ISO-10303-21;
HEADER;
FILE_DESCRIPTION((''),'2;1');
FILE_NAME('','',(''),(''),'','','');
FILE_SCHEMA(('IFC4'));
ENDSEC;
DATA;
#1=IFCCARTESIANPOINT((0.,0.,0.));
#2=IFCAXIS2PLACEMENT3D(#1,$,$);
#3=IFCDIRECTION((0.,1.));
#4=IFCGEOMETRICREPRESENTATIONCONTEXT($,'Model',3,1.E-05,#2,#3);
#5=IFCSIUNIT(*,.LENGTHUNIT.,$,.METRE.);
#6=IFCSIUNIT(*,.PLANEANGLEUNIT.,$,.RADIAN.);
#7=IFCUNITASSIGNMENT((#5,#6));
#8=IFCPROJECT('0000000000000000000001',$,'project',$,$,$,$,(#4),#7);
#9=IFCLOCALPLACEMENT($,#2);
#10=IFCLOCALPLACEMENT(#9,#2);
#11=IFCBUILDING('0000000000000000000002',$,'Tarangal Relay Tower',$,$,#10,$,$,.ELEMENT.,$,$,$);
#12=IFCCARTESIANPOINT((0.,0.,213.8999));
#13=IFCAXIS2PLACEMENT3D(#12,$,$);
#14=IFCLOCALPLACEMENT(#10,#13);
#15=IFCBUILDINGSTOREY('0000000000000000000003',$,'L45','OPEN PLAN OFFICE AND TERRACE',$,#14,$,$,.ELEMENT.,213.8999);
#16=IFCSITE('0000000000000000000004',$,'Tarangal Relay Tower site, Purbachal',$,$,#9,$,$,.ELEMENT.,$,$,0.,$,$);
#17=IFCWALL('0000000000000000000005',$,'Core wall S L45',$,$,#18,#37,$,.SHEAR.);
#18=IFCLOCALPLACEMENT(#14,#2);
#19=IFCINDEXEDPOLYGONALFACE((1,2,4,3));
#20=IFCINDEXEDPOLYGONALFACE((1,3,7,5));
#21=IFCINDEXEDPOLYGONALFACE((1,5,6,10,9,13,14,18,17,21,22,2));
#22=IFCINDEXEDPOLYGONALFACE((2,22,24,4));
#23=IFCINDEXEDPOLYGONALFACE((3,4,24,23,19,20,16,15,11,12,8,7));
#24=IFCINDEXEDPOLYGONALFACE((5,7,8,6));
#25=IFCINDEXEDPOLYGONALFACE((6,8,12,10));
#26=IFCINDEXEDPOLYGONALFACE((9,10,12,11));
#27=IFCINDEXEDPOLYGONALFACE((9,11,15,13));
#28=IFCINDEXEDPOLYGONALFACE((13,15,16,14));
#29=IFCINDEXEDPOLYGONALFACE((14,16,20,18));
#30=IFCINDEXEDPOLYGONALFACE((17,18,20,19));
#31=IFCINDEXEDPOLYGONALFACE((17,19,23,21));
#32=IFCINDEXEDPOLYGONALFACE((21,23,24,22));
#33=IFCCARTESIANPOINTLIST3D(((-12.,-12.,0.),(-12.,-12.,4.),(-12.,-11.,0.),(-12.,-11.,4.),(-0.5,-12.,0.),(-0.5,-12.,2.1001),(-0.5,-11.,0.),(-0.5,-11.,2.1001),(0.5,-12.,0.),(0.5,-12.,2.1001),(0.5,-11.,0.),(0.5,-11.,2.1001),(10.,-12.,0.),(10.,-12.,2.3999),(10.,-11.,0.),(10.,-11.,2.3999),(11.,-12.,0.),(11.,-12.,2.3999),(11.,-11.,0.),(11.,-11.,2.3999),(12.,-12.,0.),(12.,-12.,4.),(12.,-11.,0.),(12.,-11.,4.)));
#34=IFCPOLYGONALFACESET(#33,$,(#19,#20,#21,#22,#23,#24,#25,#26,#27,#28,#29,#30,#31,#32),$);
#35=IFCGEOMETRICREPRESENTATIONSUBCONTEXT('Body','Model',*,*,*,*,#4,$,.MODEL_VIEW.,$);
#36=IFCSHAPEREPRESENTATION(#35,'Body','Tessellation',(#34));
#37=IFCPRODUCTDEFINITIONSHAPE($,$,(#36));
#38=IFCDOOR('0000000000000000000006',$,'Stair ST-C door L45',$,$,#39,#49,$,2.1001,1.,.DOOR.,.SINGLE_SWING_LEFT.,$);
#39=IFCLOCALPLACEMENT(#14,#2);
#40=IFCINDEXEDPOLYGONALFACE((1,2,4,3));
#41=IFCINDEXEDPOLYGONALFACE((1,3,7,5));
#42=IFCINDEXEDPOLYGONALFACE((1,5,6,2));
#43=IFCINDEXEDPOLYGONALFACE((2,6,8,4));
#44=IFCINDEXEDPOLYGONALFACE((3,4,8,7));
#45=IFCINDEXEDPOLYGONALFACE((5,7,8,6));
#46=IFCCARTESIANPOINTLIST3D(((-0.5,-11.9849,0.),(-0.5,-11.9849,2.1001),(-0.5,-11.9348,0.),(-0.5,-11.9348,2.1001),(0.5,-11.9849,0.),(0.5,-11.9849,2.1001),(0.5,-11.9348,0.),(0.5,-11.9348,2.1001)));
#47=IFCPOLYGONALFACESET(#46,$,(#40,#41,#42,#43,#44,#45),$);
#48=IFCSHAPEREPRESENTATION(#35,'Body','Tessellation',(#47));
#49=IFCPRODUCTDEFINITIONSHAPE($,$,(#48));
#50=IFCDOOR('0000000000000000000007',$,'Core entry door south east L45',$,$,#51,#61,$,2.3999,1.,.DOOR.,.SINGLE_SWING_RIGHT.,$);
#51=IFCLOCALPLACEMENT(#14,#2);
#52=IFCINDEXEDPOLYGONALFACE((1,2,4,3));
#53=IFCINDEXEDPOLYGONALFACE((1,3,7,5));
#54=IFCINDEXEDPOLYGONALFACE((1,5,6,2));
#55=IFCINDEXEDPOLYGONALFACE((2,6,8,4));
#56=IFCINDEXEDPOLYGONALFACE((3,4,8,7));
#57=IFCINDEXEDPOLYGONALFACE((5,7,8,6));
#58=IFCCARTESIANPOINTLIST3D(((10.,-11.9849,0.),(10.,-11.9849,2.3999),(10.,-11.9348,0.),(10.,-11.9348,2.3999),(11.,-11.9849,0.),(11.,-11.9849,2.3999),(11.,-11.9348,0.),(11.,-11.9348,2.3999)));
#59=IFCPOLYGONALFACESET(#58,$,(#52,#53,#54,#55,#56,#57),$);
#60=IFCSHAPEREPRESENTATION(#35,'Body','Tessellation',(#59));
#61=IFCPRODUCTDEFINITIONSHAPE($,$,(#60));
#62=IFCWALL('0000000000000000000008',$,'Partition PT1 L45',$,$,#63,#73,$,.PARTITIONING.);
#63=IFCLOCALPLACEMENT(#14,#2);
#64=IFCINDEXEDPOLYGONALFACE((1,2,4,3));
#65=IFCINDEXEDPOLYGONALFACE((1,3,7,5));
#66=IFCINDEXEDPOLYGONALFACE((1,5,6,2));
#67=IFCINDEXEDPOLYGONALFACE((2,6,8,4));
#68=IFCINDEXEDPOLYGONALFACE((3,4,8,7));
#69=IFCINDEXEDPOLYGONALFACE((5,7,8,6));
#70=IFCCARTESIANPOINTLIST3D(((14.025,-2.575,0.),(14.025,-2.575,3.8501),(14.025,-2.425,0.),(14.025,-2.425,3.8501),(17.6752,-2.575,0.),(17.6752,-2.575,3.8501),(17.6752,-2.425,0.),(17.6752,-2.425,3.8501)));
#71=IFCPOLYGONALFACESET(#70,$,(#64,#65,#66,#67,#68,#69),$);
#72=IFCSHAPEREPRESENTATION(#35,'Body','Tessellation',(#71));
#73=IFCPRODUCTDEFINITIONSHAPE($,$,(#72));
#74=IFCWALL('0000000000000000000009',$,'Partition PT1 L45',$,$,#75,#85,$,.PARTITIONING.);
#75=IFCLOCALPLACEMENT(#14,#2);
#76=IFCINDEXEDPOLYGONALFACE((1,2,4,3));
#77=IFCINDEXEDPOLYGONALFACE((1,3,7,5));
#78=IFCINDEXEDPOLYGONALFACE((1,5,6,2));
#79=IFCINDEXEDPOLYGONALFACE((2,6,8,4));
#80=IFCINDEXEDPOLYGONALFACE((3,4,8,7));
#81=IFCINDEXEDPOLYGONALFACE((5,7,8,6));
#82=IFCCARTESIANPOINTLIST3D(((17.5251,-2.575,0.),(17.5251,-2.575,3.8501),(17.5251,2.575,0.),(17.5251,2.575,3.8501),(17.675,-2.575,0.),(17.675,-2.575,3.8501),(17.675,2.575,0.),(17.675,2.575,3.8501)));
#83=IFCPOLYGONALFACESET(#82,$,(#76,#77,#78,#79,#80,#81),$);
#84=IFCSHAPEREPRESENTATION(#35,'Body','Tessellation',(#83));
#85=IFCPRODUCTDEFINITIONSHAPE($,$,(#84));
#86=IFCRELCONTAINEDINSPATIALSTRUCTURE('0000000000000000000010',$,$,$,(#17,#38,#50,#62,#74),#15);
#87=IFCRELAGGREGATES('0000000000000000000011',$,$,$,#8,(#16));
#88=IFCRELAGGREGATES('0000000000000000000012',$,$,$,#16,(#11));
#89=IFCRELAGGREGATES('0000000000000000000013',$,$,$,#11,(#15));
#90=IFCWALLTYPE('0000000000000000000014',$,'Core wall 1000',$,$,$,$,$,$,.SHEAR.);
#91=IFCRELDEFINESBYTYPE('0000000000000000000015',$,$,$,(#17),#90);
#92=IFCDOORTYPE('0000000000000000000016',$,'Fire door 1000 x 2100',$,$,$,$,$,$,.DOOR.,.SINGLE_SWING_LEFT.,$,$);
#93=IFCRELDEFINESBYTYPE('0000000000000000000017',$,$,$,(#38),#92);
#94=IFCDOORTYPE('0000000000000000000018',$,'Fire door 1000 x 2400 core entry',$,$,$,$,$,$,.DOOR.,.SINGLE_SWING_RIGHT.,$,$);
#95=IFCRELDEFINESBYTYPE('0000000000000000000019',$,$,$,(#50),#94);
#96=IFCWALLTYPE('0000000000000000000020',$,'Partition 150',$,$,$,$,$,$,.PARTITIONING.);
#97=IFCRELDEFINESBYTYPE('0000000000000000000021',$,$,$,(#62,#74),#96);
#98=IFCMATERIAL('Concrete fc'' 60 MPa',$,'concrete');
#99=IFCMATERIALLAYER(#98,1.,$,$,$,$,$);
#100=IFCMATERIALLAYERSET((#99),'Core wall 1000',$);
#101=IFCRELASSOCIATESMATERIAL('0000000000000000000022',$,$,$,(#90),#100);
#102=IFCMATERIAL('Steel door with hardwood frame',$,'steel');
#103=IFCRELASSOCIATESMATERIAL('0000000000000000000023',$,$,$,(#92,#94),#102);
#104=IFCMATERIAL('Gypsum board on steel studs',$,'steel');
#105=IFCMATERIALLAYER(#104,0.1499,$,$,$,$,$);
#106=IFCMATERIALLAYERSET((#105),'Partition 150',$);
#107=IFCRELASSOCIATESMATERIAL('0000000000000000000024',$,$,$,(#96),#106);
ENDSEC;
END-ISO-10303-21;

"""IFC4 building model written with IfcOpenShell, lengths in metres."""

from ifc_helpers import new_model, si_unit, direction, frame, frame_2d, origin, place, context, subcontext, project, spatial, rectangle, extrude, material, layer, layer_set, type_object, element, fill, save


model = new_model("IFC4")

# Units and contexts
model_context = context("Model", 3, precision=1e-05, world=origin(), true_north=direction((0.0, 1.0)))
body_context = subcontext(model_context, "Body", "Model", "MODEL_VIEW")
ifc_project = project(units=[si_unit("LENGTHUNIT", "METRE"), si_unit("PLANEANGLEUNIT", "RADIAN")], contexts=[model_context])

# Site, building, storey
site_placement = place(None, origin())
site = spatial("IfcSite", under=ifc_project, at=site_placement, Name="Tarangal Relay Tower site, Purbachal", CompositionType="ELEMENT", RefElevation=0.0)
building_placement = place(site_placement, origin())
building = spatial("IfcBuilding", under=site, at=building_placement, Name="Tarangal Relay Tower", CompositionType="ELEMENT")
storey_placement = place(building_placement, frame((0.0, 0.0, 213.8999)))
storey = spatial("IfcBuildingStorey", under=building, at=storey_placement, Name="L45", Description="OPEN PLAN OFFICE AND TERRACE", CompositionType="ELEMENT", Elevation=213.8999)

# Wall, openings, doors
ifc_material_1 = material(Name="Concrete fc' 60 MPa", Category="concrete")
ifc_layer_1 = layer(ifc_material_1, 1.0)
ifc_layer_set_1 = layer_set([ifc_layer_1], Name="Core wall 1000")
wall_type_1 = type_object("IfcWallType", Name="Core wall 1000", PredefinedType="SHEAR", material=ifc_layer_set_1)
wall_1_placement = place(storey_placement, frame((12.0, -11.5, 0.0), z_axis=(0.0, 0.0, 1.0), x_axis=(-1.0, 0.0, 0.0)))
wall_1 = element("IfcWall", 1, at=wall_1_placement, inside=storey, type_object=wall_type_1, Name="Core wall S L45", PredefinedType="SHEAR", context=body_context, shape_type="SweptSolid", body=[
    extrude(rectangle(XDim=24.0, YDim=1.0, at=frame_2d((12.0, 0.0))), origin(), (0.0, 0.0, 1.0), 4.0),
])
opening_1_placement = place(wall_1_placement, frame((11.5, 0.0, 0.0)))
opening_1 = element("IfcOpeningElement", 2, at=opening_1_placement, cuts=wall_1, PredefinedType="OPENING", context=body_context, shape_type="SweptSolid", body=[
    extrude(rectangle(XDim=1.0, YDim=2.1001, at=frame_2d((0.5, 1.05))), frame((0.0, 0.51, 0.0), z_axis=(0.0, -1.0, 0.0), x_axis=(1.0, 0.0, 0.0)), (0.0, 0.0, 1.0), 1.02),
])
opening_2_placement = place(wall_1_placement, frame((1.0, 0.0, 0.0)))
opening_2 = element("IfcOpeningElement", 3, at=opening_2_placement, cuts=wall_1, PredefinedType="OPENING", context=body_context, shape_type="SweptSolid", body=[
    extrude(rectangle(XDim=1.0, YDim=2.3999, at=frame_2d((0.5, 1.2))), frame((0.0, 0.51, 0.0), z_axis=(0.0, -1.0, 0.0), x_axis=(1.0, 0.0, 0.0)), (0.0, 0.0, 1.0), 1.02),
])
ifc_material_2 = material(Name="Steel door with hardwood frame", Category="steel")
door_type_1 = type_object("IfcDoorType", Name="Fire door 1000 x 2100", OperationType="SINGLE_SWING_LEFT", PredefinedType="DOOR", material=ifc_material_2)
door_1_placement = place(opening_1_placement, origin())
door_1 = element("IfcDoor", 4, at=door_1_placement, inside=storey, type_object=door_type_1, Name="Stair ST-C door L45", OperationType="SINGLE_SWING_LEFT", OverallHeight=2.1001, OverallWidth=1.0, PredefinedType="DOOR", context=body_context, shape_type="SweptSolid", body=[
    extrude(rectangle(XDim=1.0, YDim=2.1001, at=frame_2d((0.5, 1.05))), frame((0.0, 0.4849, 0.0), z_axis=(0.0, -1.0, 0.0), x_axis=(1.0, 0.0, 0.0)), (0.0, 0.0, 1.0), 0.05),
])
fill(opening_1, door_1)
door_type_2 = type_object("IfcDoorType", Name="Fire door 1000 x 2400 core entry", OperationType="SINGLE_SWING_RIGHT", PredefinedType="DOOR", material=ifc_material_2)
door_2_placement = place(opening_2_placement, origin())
door_2 = element("IfcDoor", 5, at=door_2_placement, inside=storey, type_object=door_type_2, Name="Core entry door south east L45", OperationType="SINGLE_SWING_RIGHT", OverallHeight=2.3999, OverallWidth=1.0, PredefinedType="DOOR", context=body_context, shape_type="SweptSolid", body=[
    extrude(rectangle(XDim=1.0, YDim=2.3999, at=frame_2d((0.5, 1.2))), frame((0.0, 0.4849, 0.0), z_axis=(0.0, -1.0, 0.0), x_axis=(1.0, 0.0, 0.0)), (0.0, 0.0, 1.0), 0.05),
])
fill(opening_2, door_2)

# Walls
ifc_material_3 = material(Name="Gypsum board on steel studs", Category="steel")
ifc_layer_2 = layer(ifc_material_3, 0.1499)
ifc_layer_set_2 = layer_set([ifc_layer_2], Name="Partition 150")
wall_type_2 = type_object("IfcWallType", Name="Partition 150", PredefinedType="PARTITIONING", material=ifc_layer_set_2)
wall_2_placement = place(storey_placement, frame((14.0249, -2.5, 0.0), z_axis=(0.0, 0.0, 1.0), x_axis=(1.0, 0.0, 0.0)))
element("IfcWall", 6, at=wall_2_placement, inside=storey, type_object=wall_type_2, Name="Partition PT1 L45", PredefinedType="PARTITIONING", context=body_context, shape_type="SweptSolid", body=[
    extrude(rectangle(XDim=3.6501, YDim=0.1499, at=frame_2d((1.8252, 0.0))), origin(), (0.0, 0.0, 1.0), 3.8501),
])
wall_3_placement = place(storey_placement, frame((17.6001, -2.575, 0.0), z_axis=(0.0, 0.0, 1.0), x_axis=(0.0, 1.0, 0.0)))
element("IfcWall", 7, at=wall_3_placement, inside=storey, type_object=wall_type_2, Name="Partition PT1 L45", PredefinedType="PARTITIONING", context=body_context, shape_type="SweptSolid", body=[
    extrude(rectangle(XDim=5.1499, YDim=0.1499, at=frame_2d((2.575, 0.0))), origin(), (0.0, 0.0, 1.0), 3.8501),
])

save(model, "model.ifc")
